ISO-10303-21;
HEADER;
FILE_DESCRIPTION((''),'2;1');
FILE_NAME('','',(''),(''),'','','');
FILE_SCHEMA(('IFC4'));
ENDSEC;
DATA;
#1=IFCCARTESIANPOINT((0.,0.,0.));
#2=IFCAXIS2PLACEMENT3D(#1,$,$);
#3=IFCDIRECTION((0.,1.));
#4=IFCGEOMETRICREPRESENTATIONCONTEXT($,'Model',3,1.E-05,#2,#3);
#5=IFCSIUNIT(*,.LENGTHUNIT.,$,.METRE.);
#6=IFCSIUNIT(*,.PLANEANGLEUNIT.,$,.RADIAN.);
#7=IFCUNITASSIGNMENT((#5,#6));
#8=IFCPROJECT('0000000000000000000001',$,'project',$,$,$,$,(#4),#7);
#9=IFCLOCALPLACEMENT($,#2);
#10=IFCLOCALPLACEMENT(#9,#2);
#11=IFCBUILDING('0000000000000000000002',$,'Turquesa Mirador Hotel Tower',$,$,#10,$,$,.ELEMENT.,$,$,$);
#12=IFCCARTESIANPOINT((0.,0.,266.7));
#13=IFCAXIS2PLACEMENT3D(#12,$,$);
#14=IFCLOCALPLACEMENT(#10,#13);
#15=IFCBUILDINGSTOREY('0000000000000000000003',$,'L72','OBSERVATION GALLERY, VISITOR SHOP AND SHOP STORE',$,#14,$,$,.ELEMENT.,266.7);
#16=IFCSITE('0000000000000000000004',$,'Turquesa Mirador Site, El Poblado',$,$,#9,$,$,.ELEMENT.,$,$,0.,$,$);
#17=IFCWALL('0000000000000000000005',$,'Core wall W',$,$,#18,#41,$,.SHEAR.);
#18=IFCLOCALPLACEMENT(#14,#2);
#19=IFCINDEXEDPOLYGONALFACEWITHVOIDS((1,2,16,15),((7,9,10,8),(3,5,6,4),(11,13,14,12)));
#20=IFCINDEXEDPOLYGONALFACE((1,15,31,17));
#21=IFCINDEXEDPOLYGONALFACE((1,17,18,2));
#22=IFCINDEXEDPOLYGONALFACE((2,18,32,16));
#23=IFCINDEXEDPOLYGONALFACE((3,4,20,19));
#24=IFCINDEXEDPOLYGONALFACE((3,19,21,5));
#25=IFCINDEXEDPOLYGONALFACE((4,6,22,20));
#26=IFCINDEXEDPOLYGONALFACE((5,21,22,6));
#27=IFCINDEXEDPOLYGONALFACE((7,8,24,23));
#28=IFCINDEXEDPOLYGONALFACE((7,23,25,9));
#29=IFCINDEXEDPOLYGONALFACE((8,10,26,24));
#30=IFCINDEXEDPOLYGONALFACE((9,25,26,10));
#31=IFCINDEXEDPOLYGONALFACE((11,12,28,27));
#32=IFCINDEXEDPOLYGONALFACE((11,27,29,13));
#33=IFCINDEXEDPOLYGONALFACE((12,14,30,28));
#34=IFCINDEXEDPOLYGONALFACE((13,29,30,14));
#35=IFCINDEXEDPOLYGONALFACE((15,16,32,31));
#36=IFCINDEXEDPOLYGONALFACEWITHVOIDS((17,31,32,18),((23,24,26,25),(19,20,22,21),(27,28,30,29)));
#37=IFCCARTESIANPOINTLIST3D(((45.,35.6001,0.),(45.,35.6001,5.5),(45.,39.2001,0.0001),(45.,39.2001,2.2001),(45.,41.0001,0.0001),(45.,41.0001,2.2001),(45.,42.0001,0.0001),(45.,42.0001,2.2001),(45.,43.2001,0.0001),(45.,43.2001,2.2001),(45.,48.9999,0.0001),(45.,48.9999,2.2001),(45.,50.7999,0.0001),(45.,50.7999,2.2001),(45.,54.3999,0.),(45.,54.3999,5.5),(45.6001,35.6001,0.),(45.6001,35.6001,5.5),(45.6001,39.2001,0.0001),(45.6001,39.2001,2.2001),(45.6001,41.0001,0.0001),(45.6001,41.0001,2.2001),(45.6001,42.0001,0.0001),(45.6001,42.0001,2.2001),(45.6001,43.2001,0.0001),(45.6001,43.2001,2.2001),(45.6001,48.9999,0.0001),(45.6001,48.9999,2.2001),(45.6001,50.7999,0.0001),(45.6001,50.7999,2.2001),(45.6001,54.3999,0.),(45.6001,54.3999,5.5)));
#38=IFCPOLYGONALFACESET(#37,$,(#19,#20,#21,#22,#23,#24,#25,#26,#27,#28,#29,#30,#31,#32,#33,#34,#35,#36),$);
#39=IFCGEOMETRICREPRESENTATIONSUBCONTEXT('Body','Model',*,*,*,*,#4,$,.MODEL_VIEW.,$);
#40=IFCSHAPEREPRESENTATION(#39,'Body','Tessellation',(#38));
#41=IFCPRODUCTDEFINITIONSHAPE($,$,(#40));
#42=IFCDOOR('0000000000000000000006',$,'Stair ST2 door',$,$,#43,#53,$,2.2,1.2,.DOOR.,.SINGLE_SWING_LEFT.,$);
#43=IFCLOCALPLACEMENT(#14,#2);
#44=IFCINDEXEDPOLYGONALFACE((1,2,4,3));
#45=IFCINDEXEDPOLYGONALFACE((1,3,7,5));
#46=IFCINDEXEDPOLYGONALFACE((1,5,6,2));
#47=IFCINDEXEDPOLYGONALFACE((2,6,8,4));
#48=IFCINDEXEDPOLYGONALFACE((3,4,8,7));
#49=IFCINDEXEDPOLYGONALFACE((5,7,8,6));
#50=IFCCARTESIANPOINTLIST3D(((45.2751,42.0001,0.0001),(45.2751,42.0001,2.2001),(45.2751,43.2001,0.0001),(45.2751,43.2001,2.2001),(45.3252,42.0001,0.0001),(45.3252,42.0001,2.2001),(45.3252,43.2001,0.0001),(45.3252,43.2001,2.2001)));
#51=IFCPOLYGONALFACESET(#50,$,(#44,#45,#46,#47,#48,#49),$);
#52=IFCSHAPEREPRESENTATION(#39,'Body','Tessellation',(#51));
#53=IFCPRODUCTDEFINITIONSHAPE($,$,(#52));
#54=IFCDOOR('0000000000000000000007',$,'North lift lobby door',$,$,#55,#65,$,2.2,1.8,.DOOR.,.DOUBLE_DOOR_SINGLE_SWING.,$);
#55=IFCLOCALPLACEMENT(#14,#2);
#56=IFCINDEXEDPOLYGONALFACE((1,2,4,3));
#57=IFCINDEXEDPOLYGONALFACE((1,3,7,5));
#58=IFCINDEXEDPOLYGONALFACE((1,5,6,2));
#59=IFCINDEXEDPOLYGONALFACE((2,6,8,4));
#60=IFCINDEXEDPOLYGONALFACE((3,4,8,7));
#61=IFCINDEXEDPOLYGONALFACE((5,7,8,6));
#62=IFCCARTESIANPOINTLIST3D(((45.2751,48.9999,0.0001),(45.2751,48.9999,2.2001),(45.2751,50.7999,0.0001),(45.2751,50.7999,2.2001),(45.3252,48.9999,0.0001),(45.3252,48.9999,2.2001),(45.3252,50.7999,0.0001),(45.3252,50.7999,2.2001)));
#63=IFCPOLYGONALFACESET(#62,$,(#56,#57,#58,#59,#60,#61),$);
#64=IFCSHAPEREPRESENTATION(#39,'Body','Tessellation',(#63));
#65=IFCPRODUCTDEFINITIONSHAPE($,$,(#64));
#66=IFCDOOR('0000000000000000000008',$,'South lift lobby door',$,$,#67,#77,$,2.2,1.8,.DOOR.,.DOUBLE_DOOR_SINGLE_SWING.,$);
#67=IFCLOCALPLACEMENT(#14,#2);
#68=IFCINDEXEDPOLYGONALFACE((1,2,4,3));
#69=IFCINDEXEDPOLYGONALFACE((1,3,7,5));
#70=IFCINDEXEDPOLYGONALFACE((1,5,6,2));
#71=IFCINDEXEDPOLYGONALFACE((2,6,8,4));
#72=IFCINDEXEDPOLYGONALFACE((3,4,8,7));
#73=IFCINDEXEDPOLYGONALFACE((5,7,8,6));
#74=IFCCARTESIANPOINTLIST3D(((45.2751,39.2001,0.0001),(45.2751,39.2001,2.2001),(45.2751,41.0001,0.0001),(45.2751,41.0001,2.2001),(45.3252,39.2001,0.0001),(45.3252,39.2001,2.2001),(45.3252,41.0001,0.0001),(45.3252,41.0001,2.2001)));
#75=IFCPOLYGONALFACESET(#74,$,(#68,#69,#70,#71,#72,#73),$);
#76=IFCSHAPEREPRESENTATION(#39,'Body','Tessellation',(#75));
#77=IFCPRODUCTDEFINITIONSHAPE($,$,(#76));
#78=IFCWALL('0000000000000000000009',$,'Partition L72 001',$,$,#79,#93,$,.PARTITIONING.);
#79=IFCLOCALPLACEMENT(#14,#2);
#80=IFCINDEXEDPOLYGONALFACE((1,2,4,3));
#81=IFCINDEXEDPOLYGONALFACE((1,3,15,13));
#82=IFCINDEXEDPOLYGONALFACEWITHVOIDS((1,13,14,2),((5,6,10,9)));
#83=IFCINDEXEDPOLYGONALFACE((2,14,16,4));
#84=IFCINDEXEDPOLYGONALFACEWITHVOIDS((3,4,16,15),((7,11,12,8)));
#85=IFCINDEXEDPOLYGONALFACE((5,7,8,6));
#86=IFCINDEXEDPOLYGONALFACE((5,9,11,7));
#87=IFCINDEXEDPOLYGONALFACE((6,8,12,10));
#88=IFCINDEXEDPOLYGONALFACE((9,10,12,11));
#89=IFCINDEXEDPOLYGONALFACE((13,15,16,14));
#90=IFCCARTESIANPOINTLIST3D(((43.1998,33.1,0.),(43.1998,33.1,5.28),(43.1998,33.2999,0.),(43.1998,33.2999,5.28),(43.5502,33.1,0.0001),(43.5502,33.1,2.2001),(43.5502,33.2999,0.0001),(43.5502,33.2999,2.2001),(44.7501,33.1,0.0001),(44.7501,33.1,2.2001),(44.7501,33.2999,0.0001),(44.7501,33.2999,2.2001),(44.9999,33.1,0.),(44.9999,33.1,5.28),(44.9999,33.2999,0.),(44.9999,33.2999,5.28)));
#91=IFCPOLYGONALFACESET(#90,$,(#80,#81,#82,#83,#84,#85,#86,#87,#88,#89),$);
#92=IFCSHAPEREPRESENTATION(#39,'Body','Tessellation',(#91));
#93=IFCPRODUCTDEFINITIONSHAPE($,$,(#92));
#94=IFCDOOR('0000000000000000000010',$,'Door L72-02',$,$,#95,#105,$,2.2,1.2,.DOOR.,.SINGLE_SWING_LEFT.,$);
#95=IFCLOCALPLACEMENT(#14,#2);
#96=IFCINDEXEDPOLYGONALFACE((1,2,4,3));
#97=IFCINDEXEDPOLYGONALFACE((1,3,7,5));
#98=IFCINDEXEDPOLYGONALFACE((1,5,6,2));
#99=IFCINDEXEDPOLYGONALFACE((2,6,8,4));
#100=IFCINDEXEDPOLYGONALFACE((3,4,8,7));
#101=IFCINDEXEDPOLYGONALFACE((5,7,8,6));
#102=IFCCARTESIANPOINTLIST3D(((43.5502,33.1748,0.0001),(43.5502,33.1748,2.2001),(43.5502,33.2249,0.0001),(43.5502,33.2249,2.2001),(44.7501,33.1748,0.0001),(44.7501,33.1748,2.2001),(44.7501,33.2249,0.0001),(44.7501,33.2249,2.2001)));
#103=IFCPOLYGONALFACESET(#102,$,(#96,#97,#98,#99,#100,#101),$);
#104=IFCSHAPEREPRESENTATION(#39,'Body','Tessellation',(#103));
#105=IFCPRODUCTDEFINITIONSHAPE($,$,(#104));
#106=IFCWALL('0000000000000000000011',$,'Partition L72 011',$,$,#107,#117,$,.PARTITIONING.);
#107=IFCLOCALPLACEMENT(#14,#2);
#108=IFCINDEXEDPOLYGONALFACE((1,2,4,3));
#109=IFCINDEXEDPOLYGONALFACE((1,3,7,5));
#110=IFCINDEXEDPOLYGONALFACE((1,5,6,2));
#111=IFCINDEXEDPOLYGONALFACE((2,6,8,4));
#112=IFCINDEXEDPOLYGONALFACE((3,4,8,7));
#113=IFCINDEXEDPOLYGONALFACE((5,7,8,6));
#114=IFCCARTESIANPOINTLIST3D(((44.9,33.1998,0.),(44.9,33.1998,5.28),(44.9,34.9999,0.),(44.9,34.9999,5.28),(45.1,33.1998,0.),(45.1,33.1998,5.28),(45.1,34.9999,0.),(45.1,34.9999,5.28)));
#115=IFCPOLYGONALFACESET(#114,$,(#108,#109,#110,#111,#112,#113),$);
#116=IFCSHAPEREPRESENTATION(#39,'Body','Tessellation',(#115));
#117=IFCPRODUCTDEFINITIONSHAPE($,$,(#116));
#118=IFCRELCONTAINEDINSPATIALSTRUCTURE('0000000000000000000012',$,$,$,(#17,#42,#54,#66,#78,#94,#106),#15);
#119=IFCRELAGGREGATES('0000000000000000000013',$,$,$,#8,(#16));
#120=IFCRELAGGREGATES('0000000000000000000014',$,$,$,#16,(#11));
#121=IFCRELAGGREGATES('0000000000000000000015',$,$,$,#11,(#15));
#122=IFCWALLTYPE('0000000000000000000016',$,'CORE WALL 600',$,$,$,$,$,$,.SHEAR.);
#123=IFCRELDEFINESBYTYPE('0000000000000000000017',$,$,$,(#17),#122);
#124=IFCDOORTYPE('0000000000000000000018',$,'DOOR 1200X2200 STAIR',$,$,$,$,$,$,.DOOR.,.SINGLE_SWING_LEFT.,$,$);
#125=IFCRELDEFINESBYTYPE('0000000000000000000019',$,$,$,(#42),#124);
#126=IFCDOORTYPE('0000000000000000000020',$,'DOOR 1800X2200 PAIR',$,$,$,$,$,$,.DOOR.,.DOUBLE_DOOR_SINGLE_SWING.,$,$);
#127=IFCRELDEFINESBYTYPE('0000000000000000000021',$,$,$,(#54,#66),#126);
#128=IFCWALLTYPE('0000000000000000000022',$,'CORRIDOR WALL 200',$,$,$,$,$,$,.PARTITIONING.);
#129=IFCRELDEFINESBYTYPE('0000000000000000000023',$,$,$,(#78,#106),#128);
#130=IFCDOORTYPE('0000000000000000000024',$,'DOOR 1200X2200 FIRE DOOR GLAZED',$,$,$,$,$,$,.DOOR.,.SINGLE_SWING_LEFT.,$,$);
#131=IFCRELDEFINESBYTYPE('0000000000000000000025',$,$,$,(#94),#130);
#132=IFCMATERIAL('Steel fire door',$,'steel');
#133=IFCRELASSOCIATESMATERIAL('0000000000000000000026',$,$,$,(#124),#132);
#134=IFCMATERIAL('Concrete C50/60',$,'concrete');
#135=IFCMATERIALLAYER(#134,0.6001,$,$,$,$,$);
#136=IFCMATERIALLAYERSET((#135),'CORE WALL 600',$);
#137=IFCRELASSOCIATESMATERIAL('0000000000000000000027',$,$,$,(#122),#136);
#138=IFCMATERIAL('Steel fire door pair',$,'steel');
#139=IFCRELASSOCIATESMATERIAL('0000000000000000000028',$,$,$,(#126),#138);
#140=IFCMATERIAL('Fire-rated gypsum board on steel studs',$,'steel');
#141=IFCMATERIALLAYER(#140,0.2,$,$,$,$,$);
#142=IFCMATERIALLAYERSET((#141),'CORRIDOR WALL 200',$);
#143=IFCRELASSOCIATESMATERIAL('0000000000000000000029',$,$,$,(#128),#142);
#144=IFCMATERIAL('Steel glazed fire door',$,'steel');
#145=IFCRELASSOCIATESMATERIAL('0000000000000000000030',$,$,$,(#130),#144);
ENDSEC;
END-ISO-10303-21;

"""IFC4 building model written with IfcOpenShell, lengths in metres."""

from ifc_helpers import new_model, si_unit, direction, frame, frame_2d, origin, place, context, subcontext, project, spatial, rectangle, extrude, material, layer, layer_set, type_object, element, fill, save


model = new_model("IFC4")

# Units and contexts
model_context = context("Model", 3, precision=1e-05, world=origin(), true_north=direction((0.0, 1.0)))
body_context = subcontext(model_context, "Body", "Model", "MODEL_VIEW")
ifc_project = project(units=[si_unit("LENGTHUNIT", "METRE"), si_unit("PLANEANGLEUNIT", "RADIAN")], contexts=[model_context])

# Site, building, storey
site_placement = place(None, origin())
site = spatial("IfcSite", under=ifc_project, at=site_placement, Name="Turquesa Mirador Site, El Poblado", CompositionType="ELEMENT", RefElevation=0.0)
building_placement = place(site_placement, origin())
building = spatial("IfcBuilding", under=site, at=building_placement, Name="Turquesa Mirador Hotel Tower", CompositionType="ELEMENT")
storey_placement = place(building_placement, frame((0.0, 0.0, 266.7)))
storey = spatial("IfcBuildingStorey", under=building, at=storey_placement, Name="L72", Description="OBSERVATION GALLERY, VISITOR SHOP AND SHOP STORE", CompositionType="ELEMENT", Elevation=266.7)

# Shared definitions
ifc_material_1 = material(Name="Steel fire door", Category="steel")
door_type_1 = type_object("IfcDoorType", Name="DOOR 1200X2200 STAIR", OperationType="SINGLE_SWING_LEFT", PredefinedType="DOOR", material=ifc_material_1)

# Shared definitions
ifc_material_2 = material(Name="Concrete C50/60", Category="concrete")
ifc_layer_1 = layer(ifc_material_2, 0.6001)
ifc_layer_set_1 = layer_set([ifc_layer_1], Name="CORE WALL 600")
wall_type_1 = type_object("IfcWallType", Name="CORE WALL 600", PredefinedType="SHEAR", material=ifc_layer_set_1)

# Wall, openings, doors
wall_1_placement = place(storey_placement, frame((45.3, 35.6001, 0.0), z_axis=(0.0, 0.0, 1.0), x_axis=(0.0, 1.0, 0.0)))
wall_1 = element("IfcWall", 1, at=wall_1_placement, inside=storey, type_object=wall_type_1, Name="Core wall W", PredefinedType="SHEAR", context=body_context, shape_type="SweptSolid", body=[
    extrude(rectangle(XDim=18.7998, YDim=0.6001, at=frame_2d((9.3999, 0.0))), origin(), (0.0, 0.0, 1.0), 5.5),
])
opening_1_placement = place(wall_1_placement, frame((13.3999, 0.0, 0.0)))
opening_1 = element("IfcOpeningElement", 2, at=opening_1_placement, cuts=wall_1, PredefinedType="OPENING", context=body_context, shape_type="SweptSolid", body=[
    extrude(rectangle(XDim=1.8, YDim=2.2, at=frame_2d((0.8999, 1.1001))), frame((0.0, 0.3101, 0.0), z_axis=(0.0, -1.0, 0.0), x_axis=(1.0, 0.0, 0.0)), (0.0, 0.0, 1.0), 0.6201),
])
opening_2_placement = place(wall_1_placement, frame((3.6001, 0.0, 0.0)))
opening_2 = element("IfcOpeningElement", 3, at=opening_2_placement, cuts=wall_1, PredefinedType="OPENING", context=body_context, shape_type="SweptSolid", body=[
    extrude(rectangle(XDim=1.8, YDim=2.2, at=frame_2d((0.8999, 1.1001))), frame((0.0, 0.3101, 0.0), z_axis=(0.0, -1.0, 0.0), x_axis=(1.0, 0.0, 0.0)), (0.0, 0.0, 1.0), 0.6201),
])
opening_3_placement = place(wall_1_placement, frame((6.3999, 0.0, 0.0)))
opening_3 = element("IfcOpeningElement", 4, at=opening_3_placement, cuts=wall_1, PredefinedType="OPENING", context=body_context, shape_type="SweptSolid", body=[
    extrude(rectangle(XDim=1.2, YDim=2.2, at=frame_2d((0.6001, 1.1001))), frame((0.0, 0.3101, 0.0), z_axis=(0.0, -1.0, 0.0), x_axis=(1.0, 0.0, 0.0)), (0.0, 0.0, 1.0), 0.6201),
])
door_1_placement = place(opening_3_placement, origin())
door_1 = element("IfcDoor", 5, at=door_1_placement, inside=storey, type_object=door_type_1, Name="Stair ST2 door", OperationType="SINGLE_SWING_LEFT", OverallHeight=2.2, OverallWidth=1.2, PredefinedType="DOOR", context=body_context, shape_type="SweptSolid", body=[
    extrude(rectangle(XDim=1.2, YDim=2.2, at=frame_2d((0.6001, 1.1001))), frame((0.0, 0.0249, 0.0), z_axis=(0.0, -1.0, 0.0), x_axis=(1.0, 0.0, 0.0)), (0.0, 0.0, 1.0), 0.05),
])
fill(opening_3, door_1)
ifc_material_3 = material(Name="Steel fire door pair", Category="steel")
door_type_2 = type_object("IfcDoorType", Name="DOOR 1800X2200 PAIR", OperationType="DOUBLE_DOOR_SINGLE_SWING", PredefinedType="DOOR", material=ifc_material_3)
door_2_placement = place(opening_1_placement, origin())
door_2 = element("IfcDoor", 6, at=door_2_placement, inside=storey, type_object=door_type_2, Name="North lift lobby door", OperationType="DOUBLE_DOOR_SINGLE_SWING", OverallHeight=2.2, OverallWidth=1.8, PredefinedType="DOOR", context=body_context, shape_type="SweptSolid", body=[
    extrude(rectangle(XDim=1.8, YDim=2.2, at=frame_2d((0.8999, 1.1001))), frame((0.0, 0.0249, 0.0), z_axis=(0.0, -1.0, 0.0), x_axis=(1.0, 0.0, 0.0)), (0.0, 0.0, 1.0), 0.05),
])
fill(opening_1, door_2)
door_3_placement = place(opening_2_placement, origin())
door_3 = element("IfcDoor", 7, at=door_3_placement, inside=storey, type_object=door_type_2, Name="South lift lobby door", OperationType="DOUBLE_DOOR_SINGLE_SWING", OverallHeight=2.2, OverallWidth=1.8, PredefinedType="DOOR", context=body_context, shape_type="SweptSolid", body=[
    extrude(rectangle(XDim=1.8, YDim=2.2, at=frame_2d((0.8999, 1.1001))), frame((0.0, 0.0249, 0.0), z_axis=(0.0, -1.0, 0.0), x_axis=(1.0, 0.0, 0.0)), (0.0, 0.0, 1.0), 0.05),
])
fill(opening_2, door_3)

# Wall, opening, door
ifc_material_4 = material(Name="Fire-rated gypsum board on steel studs", Category="steel")
ifc_layer_2 = layer(ifc_material_4, 0.2)
ifc_layer_set_2 = layer_set([ifc_layer_2], Name="CORRIDOR WALL 200")
wall_type_2 = type_object("IfcWallType", Name="CORRIDOR WALL 200", PredefinedType="PARTITIONING", material=ifc_layer_set_2)
wall_2_placement = place(storey_placement, frame((43.2, 33.2, 0.0), z_axis=(0.0, 0.0, 1.0), x_axis=(1.0, 0.0, 0.0)))
wall_2 = element("IfcWall", 8, at=wall_2_placement, inside=storey, type_object=wall_type_2, Name="Partition L72 001", PredefinedType="PARTITIONING", context=body_context, shape_type="SweptSolid", body=[
    extrude(rectangle(XDim=1.8, YDim=0.2, at=frame_2d((0.8999, 0.0))), origin(), (0.0, 0.0, 1.0), 5.28),
])
opening_4_placement = place(wall_2_placement, frame((0.3501, 0.0, 0.0)))
opening_4 = element("IfcOpeningElement", 9, at=opening_4_placement, cuts=wall_2, PredefinedType="OPENING", context=body_context, shape_type="SweptSolid", body=[
    extrude(rectangle(XDim=1.2, YDim=2.2, at=frame_2d((0.6001, 1.1001))), frame((0.0, 0.1099, 0.0), z_axis=(0.0, -1.0, 0.0), x_axis=(1.0, 0.0, 0.0)), (0.0, 0.0, 1.0), 0.22),
])
ifc_material_5 = material(Name="Steel glazed fire door", Category="steel")
door_type_3 = type_object("IfcDoorType", Name="DOOR 1200X2200 FIRE DOOR GLAZED", OperationType="SINGLE_SWING_LEFT", PredefinedType="DOOR", material=ifc_material_5)
door_4_placement = place(opening_4_placement, origin())
door_4 = element("IfcDoor", 10, at=door_4_placement, inside=storey, type_object=door_type_3, Name="Door L72-02", OperationType="SINGLE_SWING_LEFT", OverallHeight=2.2, OverallWidth=1.2, PredefinedType="DOOR", context=body_context, shape_type="SweptSolid", body=[
    extrude(rectangle(XDim=1.2, YDim=2.2, at=frame_2d((0.6001, 1.1001))), frame((0.0, 0.0249, 0.0), z_axis=(0.0, -1.0, 0.0), x_axis=(1.0, 0.0, 0.0)), (0.0, 0.0, 1.0), 0.05),
])
fill(opening_4, door_4)

# Wall
wall_3_placement = place(storey_placement, frame((45.0, 33.2, 0.0), z_axis=(0.0, 0.0, 1.0), x_axis=(0.0, 1.0, 0.0)))
element("IfcWall", 11, at=wall_3_placement, inside=storey, type_object=wall_type_2, Name="Partition L72 011", PredefinedType="PARTITIONING", context=body_context, shape_type="SweptSolid", body=[
    extrude(rectangle(XDim=1.8, YDim=0.2, at=frame_2d((0.8999, 0.0))), origin(), (0.0, 0.0, 1.0), 5.28),
])

save(model, "model.ifc")
